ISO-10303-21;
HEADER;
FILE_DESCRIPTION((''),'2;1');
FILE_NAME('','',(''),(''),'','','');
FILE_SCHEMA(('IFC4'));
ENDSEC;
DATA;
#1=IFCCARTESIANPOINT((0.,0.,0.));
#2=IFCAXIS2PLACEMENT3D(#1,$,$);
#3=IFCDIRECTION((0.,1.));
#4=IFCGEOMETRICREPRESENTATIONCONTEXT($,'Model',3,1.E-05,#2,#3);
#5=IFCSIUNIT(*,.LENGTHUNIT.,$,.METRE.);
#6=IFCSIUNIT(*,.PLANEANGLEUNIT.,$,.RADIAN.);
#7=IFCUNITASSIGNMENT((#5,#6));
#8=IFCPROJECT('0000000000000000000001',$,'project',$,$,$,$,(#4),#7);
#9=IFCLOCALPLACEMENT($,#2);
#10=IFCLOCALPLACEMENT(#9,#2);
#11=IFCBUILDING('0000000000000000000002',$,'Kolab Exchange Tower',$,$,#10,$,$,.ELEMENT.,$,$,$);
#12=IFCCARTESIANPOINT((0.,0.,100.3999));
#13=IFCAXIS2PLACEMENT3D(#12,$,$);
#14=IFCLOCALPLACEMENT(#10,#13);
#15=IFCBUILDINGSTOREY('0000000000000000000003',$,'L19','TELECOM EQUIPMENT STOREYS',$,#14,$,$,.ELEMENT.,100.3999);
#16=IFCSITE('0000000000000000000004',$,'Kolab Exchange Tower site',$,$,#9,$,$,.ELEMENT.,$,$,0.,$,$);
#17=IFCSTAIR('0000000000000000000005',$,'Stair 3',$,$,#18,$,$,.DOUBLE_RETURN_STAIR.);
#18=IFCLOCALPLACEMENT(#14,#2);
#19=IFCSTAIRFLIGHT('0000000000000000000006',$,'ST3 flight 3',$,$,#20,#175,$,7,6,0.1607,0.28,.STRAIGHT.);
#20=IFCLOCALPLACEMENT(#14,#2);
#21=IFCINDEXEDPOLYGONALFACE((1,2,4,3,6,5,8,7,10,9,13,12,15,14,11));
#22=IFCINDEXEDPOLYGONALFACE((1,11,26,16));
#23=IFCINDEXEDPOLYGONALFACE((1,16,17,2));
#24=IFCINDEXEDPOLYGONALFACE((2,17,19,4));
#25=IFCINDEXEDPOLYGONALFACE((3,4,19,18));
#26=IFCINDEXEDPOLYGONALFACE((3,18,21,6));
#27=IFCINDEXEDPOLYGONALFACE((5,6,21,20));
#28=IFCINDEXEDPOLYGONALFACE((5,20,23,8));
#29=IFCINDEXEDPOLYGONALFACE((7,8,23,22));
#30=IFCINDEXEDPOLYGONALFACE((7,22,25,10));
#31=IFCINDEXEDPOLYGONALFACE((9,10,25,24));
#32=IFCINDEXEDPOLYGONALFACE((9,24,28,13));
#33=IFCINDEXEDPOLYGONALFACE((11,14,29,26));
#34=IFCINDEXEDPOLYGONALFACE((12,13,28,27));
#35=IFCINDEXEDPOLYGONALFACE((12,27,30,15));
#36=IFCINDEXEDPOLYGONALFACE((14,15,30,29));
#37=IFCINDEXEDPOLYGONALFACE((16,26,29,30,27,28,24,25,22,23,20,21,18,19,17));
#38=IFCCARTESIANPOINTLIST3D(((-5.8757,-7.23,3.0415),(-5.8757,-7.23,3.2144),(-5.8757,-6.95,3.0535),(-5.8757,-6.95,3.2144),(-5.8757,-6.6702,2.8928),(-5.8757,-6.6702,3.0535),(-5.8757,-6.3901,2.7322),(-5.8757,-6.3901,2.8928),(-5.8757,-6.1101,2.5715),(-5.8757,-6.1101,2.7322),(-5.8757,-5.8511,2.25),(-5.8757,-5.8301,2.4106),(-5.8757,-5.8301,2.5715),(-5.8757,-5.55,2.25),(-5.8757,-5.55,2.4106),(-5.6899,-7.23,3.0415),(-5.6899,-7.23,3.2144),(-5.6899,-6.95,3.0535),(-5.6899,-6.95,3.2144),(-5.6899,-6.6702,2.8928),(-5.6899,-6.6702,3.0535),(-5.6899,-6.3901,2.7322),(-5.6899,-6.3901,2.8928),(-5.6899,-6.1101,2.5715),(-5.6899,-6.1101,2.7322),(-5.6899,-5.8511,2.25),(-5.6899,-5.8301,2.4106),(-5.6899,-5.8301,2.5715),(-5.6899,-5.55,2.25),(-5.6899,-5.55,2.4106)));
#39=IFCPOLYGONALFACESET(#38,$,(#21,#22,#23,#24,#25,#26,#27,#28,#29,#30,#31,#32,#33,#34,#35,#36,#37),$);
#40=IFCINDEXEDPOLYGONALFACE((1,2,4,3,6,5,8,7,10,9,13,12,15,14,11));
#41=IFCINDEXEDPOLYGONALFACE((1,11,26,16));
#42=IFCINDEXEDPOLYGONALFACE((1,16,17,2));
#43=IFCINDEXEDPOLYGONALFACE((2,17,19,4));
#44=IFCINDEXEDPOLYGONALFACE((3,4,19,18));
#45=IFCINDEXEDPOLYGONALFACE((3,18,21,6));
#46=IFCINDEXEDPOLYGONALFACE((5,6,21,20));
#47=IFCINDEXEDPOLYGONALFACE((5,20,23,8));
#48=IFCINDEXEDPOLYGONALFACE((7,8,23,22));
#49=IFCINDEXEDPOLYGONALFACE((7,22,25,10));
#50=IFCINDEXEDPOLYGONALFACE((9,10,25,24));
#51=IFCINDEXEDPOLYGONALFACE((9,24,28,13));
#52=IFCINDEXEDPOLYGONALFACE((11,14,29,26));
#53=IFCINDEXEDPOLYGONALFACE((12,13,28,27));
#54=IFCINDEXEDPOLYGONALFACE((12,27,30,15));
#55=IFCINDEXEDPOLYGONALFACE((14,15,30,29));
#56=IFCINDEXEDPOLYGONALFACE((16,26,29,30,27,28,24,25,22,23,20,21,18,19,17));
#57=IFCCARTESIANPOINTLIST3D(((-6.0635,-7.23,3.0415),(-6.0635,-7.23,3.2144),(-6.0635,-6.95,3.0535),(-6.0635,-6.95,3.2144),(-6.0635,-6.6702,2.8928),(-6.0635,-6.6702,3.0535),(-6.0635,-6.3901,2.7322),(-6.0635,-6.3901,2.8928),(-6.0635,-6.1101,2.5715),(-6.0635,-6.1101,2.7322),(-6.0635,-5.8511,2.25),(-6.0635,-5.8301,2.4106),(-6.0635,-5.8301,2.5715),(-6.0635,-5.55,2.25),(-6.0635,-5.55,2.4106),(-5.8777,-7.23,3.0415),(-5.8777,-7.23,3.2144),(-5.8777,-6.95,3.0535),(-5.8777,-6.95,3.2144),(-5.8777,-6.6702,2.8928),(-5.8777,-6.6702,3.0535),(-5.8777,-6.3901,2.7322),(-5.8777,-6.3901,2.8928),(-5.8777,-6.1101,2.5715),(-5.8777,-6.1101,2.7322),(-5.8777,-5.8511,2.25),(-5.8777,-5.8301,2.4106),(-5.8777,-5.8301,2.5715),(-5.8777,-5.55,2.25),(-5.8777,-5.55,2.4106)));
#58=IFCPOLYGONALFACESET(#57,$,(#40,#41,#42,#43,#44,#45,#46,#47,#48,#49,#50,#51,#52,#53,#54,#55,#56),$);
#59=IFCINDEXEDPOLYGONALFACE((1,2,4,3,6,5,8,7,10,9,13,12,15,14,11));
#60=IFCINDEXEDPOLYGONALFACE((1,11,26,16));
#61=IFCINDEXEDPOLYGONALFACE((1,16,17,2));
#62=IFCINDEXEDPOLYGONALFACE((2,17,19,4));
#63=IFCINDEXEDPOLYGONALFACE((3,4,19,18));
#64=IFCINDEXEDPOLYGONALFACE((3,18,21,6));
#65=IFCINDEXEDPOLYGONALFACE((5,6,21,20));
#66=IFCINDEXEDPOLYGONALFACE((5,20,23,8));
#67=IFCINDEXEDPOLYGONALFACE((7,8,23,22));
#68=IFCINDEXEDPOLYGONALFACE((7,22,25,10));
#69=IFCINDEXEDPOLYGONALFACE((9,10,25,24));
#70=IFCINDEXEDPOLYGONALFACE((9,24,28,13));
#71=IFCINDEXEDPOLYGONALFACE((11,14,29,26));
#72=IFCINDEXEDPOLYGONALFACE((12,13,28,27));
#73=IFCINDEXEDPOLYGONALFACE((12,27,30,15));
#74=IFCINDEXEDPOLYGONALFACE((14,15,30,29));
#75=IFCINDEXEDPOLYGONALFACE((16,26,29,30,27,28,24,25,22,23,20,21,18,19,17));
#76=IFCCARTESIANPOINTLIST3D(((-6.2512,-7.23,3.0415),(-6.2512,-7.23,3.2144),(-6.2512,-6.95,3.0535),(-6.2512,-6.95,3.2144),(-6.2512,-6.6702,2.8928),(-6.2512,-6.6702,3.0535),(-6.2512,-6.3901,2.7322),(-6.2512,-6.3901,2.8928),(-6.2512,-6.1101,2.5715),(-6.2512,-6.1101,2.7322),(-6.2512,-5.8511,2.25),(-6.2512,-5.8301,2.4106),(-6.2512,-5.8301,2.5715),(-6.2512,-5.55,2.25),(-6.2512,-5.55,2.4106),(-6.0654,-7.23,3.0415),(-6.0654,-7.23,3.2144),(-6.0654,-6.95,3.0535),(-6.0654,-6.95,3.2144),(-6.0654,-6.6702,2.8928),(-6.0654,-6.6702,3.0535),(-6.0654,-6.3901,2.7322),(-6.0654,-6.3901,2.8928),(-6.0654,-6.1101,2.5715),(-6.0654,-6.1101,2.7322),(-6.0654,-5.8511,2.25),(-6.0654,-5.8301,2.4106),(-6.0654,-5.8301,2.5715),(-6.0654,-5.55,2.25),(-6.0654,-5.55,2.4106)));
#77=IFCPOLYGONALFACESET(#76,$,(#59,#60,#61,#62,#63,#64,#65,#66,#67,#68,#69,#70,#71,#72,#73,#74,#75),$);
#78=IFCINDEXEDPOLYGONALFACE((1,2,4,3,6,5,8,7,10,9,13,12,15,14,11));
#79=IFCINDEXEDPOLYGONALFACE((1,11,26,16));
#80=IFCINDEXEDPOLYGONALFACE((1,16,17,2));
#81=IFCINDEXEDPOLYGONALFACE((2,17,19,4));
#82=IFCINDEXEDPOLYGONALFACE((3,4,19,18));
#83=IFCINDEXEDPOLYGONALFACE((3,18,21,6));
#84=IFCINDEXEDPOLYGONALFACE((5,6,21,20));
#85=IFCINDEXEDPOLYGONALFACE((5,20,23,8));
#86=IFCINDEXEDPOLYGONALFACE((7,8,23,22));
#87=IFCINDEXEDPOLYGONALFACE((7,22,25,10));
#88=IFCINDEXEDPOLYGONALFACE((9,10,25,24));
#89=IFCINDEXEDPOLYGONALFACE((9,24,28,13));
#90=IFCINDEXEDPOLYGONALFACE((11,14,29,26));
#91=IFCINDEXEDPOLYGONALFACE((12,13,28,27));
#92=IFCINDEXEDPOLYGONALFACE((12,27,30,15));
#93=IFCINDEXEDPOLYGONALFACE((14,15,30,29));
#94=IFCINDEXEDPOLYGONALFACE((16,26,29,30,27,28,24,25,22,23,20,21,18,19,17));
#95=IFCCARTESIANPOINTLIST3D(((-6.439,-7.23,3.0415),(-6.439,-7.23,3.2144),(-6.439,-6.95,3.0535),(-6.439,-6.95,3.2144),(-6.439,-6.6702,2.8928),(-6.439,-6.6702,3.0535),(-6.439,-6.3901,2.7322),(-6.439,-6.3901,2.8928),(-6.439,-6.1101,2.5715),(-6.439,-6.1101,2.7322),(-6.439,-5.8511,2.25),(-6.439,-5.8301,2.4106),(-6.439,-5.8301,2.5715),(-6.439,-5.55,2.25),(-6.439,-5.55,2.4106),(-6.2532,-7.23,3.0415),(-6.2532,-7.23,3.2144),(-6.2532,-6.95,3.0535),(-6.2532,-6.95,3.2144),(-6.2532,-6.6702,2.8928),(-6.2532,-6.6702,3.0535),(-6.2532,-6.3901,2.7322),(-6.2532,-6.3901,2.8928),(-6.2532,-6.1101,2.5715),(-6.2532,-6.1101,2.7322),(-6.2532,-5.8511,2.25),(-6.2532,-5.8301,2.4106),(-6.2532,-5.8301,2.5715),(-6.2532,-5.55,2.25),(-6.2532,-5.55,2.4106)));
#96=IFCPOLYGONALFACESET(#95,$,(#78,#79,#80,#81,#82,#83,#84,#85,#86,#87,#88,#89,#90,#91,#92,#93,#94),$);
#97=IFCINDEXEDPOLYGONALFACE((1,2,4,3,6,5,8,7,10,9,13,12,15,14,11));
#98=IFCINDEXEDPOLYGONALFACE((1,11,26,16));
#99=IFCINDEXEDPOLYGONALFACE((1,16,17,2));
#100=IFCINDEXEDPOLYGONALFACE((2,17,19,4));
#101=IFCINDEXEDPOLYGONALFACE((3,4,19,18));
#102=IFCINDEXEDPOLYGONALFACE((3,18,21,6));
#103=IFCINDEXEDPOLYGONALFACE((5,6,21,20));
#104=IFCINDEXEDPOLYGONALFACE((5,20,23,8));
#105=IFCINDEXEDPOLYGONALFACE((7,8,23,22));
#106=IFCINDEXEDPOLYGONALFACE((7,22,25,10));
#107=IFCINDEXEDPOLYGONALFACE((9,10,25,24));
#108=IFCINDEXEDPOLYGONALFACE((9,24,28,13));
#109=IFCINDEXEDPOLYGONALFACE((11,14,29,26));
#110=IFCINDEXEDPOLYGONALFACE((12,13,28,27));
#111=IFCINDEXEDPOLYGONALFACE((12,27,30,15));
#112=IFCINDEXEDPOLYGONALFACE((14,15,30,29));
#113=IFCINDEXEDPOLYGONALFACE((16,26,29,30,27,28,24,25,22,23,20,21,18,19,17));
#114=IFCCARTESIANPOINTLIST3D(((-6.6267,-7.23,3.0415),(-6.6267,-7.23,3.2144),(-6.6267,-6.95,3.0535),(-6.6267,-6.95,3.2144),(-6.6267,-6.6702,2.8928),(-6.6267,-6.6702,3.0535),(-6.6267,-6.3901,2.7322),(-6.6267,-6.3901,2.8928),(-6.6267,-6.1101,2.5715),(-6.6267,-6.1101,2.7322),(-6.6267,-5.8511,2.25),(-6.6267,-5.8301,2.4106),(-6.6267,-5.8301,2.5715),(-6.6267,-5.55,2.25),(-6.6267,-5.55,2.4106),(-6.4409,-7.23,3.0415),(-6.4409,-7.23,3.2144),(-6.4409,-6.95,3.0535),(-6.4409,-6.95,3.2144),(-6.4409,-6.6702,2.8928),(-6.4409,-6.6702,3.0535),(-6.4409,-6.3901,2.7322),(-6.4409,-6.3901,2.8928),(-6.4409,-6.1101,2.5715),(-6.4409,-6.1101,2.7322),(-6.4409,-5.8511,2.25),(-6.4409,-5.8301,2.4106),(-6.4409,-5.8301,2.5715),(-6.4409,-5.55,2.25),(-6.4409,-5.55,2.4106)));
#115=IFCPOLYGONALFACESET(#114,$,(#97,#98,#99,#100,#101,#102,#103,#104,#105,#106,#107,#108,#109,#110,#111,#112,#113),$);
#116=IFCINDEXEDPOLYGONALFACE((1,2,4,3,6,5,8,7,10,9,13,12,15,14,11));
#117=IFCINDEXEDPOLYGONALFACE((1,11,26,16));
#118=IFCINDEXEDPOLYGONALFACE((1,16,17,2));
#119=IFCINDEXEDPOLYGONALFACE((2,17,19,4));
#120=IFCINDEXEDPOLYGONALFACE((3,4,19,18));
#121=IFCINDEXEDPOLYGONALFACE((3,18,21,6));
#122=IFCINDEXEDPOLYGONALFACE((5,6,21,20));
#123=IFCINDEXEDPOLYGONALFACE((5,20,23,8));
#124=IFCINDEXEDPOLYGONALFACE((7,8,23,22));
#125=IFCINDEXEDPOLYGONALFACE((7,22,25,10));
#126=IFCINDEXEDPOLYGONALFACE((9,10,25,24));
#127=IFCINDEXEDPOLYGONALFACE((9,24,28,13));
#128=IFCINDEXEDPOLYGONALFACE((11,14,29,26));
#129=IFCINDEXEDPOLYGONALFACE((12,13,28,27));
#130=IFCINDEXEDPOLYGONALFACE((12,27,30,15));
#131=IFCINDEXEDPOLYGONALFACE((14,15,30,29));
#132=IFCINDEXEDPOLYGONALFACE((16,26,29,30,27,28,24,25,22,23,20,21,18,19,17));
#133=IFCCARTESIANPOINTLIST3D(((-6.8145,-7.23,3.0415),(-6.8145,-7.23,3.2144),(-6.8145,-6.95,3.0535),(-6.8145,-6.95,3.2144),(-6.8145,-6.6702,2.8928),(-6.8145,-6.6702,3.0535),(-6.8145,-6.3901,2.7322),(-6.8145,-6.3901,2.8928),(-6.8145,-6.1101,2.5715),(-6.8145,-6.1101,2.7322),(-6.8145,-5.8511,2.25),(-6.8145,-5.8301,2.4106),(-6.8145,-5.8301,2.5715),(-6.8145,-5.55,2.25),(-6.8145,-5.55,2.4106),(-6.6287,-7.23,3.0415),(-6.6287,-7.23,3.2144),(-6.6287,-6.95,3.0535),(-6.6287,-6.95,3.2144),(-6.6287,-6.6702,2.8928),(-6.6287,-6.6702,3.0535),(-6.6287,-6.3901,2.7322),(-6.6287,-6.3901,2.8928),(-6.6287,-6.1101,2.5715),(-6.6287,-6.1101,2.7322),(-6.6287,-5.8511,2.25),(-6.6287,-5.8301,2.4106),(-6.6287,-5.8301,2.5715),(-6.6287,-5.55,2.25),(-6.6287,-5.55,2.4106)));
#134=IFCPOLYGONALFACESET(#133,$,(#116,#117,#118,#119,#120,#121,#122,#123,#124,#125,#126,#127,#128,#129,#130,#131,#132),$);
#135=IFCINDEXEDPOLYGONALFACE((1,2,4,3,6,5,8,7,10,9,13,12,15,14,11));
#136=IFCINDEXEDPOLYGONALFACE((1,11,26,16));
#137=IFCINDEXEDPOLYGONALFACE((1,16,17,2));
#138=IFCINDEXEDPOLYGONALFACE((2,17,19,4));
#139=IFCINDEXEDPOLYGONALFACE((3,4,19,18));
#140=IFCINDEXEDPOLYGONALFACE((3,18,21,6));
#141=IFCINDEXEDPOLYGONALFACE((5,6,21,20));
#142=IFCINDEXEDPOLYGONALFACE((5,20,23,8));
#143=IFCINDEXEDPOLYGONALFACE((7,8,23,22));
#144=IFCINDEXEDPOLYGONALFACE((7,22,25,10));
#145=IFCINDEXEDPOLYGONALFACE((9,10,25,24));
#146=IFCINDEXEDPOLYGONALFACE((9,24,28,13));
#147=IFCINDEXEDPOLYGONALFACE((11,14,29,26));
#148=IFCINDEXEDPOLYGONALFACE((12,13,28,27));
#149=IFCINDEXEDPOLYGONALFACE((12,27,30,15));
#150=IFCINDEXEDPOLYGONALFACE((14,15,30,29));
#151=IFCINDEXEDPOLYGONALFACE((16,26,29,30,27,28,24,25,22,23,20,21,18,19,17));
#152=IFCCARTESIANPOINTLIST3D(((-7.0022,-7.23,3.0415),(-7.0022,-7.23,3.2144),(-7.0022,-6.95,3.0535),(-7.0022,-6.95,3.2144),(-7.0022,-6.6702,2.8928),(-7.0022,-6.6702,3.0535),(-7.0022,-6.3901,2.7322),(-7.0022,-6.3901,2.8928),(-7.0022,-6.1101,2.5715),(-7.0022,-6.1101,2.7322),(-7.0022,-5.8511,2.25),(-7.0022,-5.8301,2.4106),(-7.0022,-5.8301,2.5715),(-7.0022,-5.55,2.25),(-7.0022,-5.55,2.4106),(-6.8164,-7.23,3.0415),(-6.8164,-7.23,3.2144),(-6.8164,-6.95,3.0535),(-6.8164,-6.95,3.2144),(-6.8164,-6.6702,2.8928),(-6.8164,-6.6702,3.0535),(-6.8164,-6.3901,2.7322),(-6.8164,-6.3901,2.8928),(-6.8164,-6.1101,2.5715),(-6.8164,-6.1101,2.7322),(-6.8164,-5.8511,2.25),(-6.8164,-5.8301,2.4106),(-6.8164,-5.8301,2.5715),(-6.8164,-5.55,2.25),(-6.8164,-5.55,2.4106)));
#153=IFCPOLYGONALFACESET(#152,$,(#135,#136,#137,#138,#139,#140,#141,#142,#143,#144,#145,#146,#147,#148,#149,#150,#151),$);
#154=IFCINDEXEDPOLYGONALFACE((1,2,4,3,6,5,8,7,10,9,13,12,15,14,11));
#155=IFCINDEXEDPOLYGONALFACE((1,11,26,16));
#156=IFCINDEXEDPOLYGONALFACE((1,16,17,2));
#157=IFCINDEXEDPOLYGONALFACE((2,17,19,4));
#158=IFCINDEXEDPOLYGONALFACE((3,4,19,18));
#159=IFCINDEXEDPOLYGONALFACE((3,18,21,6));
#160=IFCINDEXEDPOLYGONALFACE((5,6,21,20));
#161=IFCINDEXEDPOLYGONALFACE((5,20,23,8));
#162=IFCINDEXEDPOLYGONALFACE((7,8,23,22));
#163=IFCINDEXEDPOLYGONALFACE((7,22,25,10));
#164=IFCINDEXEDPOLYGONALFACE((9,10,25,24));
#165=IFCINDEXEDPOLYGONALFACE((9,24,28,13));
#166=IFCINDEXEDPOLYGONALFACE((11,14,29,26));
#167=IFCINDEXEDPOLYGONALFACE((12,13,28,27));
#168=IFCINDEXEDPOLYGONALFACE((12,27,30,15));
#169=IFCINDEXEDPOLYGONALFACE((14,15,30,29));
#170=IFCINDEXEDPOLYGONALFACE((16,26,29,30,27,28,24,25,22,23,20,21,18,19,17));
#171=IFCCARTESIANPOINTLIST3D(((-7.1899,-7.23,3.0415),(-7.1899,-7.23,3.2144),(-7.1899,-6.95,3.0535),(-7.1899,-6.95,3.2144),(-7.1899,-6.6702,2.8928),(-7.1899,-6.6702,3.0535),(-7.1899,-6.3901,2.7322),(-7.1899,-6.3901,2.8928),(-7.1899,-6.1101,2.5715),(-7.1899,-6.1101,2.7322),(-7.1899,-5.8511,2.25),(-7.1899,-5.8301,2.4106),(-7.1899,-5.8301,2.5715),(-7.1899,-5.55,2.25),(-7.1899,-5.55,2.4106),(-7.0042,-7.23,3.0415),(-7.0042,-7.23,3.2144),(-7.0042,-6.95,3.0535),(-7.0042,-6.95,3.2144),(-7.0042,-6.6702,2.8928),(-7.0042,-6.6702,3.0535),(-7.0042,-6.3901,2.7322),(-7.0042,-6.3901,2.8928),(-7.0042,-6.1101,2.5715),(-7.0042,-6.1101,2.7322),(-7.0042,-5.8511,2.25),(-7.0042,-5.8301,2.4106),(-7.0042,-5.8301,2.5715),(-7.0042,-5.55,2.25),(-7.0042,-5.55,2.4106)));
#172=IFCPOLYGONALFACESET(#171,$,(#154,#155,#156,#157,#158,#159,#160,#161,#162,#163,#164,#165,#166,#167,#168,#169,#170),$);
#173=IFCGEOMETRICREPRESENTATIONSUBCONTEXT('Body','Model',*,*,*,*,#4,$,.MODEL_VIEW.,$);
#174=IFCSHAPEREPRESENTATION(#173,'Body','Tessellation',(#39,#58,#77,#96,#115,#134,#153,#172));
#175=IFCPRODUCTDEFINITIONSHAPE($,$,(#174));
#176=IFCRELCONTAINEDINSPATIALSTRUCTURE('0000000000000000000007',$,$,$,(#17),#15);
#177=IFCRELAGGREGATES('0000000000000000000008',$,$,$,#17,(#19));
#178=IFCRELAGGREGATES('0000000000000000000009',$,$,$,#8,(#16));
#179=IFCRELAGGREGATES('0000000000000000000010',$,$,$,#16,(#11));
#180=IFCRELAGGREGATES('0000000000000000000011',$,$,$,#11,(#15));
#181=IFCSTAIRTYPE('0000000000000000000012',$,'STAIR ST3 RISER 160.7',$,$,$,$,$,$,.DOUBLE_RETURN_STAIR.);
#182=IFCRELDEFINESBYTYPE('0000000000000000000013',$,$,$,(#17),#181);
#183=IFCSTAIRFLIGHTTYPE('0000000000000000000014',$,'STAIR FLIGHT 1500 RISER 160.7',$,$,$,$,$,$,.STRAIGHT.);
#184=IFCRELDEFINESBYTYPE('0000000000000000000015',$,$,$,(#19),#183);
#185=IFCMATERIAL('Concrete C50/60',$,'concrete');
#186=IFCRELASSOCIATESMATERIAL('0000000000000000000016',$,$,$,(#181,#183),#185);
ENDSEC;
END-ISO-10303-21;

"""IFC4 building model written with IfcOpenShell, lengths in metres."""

from ifc_helpers import new_model, si_unit, direction, frame, origin, place, context, subcontext, project, spatial, polyline, outline, extrude, material, type_object, element, aggregate, save


model = new_model("IFC4")

# Units and contexts
model_context = context("Model", 3, precision=1e-05, world=origin(), true_north=direction((0.0, 1.0)))
body_context = subcontext(model_context, "Body", "Model", "MODEL_VIEW")
ifc_project = project(units=[si_unit("LENGTHUNIT", "METRE"), si_unit("PLANEANGLEUNIT", "RADIAN")], contexts=[model_context])

# Site, building, storey
site_placement = place(None, origin())
site = spatial("IfcSite", under=ifc_project, at=site_placement, Name="Kolab Exchange Tower site", CompositionType="ELEMENT", RefElevation=0.0)
building_placement = place(site_placement, origin())
building = spatial("IfcBuilding", under=site, at=building_placement, Name="Kolab Exchange Tower", CompositionType="ELEMENT")
storey_placement = place(building_placement, frame((0.0, 0.0, 100.3999)))
storey = spatial("IfcBuildingStorey", under=building, at=storey_placement, Name="L19", Description="TELECOM EQUIPMENT STOREYS", CompositionType="ELEMENT", Elevation=100.3999)

# Shared definitions
ifc_material_1 = material(Name="Concrete C50/60", Category="concrete")

# Stair, stair flight
stair_type = type_object("IfcStairType", Name="STAIR ST3 RISER 160.7", PredefinedType="DOUBLE_RETURN_STAIR", material=ifc_material_1)
stair_placement = place(storey_placement, origin())
stair = element("IfcStair", 1, at=stair_placement, inside=storey, type_object=stair_type, Name="Stair 3", PredefinedType="DOUBLE_RETURN_STAIR")
stair_flight_type = type_object("IfcStairFlightType", Name="STAIR FLIGHT 1500 RISER 160.7", PredefinedType="STRAIGHT", material=ifc_material_1)
stair_flight_1_placement = place(storey_placement, frame((-6.4399, -5.55, 2.25), z_axis=(0.0, 0.0, 1.0), x_axis=(0.0, -1.0, 0.0)))
stair_flight_1 = element("IfcStairFlight", 2, at=stair_flight_1_placement, type_object=stair_flight_type, Name="ST3 flight 3", NumberOfRisers=7, NumberOfTreads=6, PredefinedType="STRAIGHT", RiserHeight=0.1607, TreadLength=0.28, context=body_context, shape_type="SweptSolid", body=[
    extrude(outline(polyline([(0.0, 0.0), (0.0, 0.1606), (0.28, 0.1606), (0.28, 0.3215), (0.5601, 0.3215), (0.5601, 0.4822), (0.8401, 0.4822), (0.8401, 0.6428), (1.1201, 0.6428), (1.1201, 0.8035), (1.3999, 0.8035), (1.3999, 0.9644), (1.6799, 0.9644), (1.6799, 1.125), (1.6799, 0.7915), (0.301, 0.0), (0.0, 0.0)])), frame((0.0, 0.75, 0.0), z_axis=(0.0, -1.0, 0.0), x_axis=(1.0, 0.0, 0.0)), (0.0, 0.0, 1.0), 0.1858),
    extrude(outline(polyline([(0.0, 0.0), (0.0, 0.1606), (0.28, 0.1606), (0.28, 0.3215), (0.5601, 0.3215), (0.5601, 0.4822), (0.8401, 0.4822), (0.8401, 0.6428), (1.1201, 0.6428), (1.1201, 0.8035), (1.3999, 0.8035), (1.3999, 0.9644), (1.6799, 0.9644), (1.6799, 1.125), (1.6799, 0.7915), (0.301, 0.0), (0.0, 0.0)])), frame((0.0, 0.5623, 0.0), z_axis=(0.0, -1.0, 0.0), x_axis=(1.0, 0.0, 0.0)), (0.0, 0.0, 1.0), 0.1858),
    extrude(outline(polyline([(0.0, 0.0), (0.0, 0.1606), (0.28, 0.1606), (0.28, 0.3215), (0.5601, 0.3215), (0.5601, 0.4822), (0.8401, 0.4822), (0.8401, 0.6428), (1.1201, 0.6428), (1.1201, 0.8035), (1.3999, 0.8035), (1.3999, 0.9644), (1.6799, 0.9644), (1.6799, 1.125), (1.6799, 0.7915), (0.301, 0.0), (0.0, 0.0)])), frame((0.0, 0.3745, 0.0), z_axis=(0.0, -1.0, 0.0), x_axis=(1.0, 0.0, 0.0)), (0.0, 0.0, 1.0), 0.1858),
    extrude(outline(polyline([(0.0, 0.0), (0.0, 0.1606), (0.28, 0.1606), (0.28, 0.3215), (0.5601, 0.3215), (0.5601, 0.4822), (0.8401, 0.4822), (0.8401, 0.6428), (1.1201, 0.6428), (1.1201, 0.8035), (1.3999, 0.8035), (1.3999, 0.9644), (1.6799, 0.9644), (1.6799, 1.125), (1.6799, 0.7915), (0.301, 0.0), (0.0, 0.0)])), frame((0.0, 0.1868, 0.0), z_axis=(0.0, -1.0, 0.0), x_axis=(1.0, 0.0, 0.0)), (0.0, 0.0, 1.0), 0.1858),
    extrude(outline(polyline([(0.0, 0.0), (0.0, 0.1606), (0.28, 0.1606), (0.28, 0.3215), (0.5601, 0.3215), (0.5601, 0.4822), (0.8401, 0.4822), (0.8401, 0.6428), (1.1201, 0.6428), (1.1201, 0.8035), (1.3999, 0.8035), (1.3999, 0.9644), (1.6799, 0.9644), (1.6799, 1.125), (1.6799, 0.7915), (0.301, 0.0), (0.0, 0.0)])), frame((0.0, -0.001, 0.0), z_axis=(0.0, -1.0, 0.0), x_axis=(1.0, 0.0, 0.0)), (0.0, 0.0, 1.0), 0.1858),
    extrude(outline(polyline([(0.0, 0.0), (0.0, 0.1606), (0.28, 0.1606), (0.28, 0.3215), (0.5601, 0.3215), (0.5601, 0.4822), (0.8401, 0.4822), (0.8401, 0.6428), (1.1201, 0.6428), (1.1201, 0.8035), (1.3999, 0.8035), (1.3999, 0.9644), (1.6799, 0.9644), (1.6799, 1.125), (1.6799, 0.7915), (0.301, 0.0), (0.0, 0.0)])), frame((0.0, -0.1887, 0.0), z_axis=(0.0, -1.0, 0.0), x_axis=(1.0, 0.0, 0.0)), (0.0, 0.0, 1.0), 0.1858),
    extrude(outline(polyline([(0.0, 0.0), (0.0, 0.1606), (0.28, 0.1606), (0.28, 0.3215), (0.5601, 0.3215), (0.5601, 0.4822), (0.8401, 0.4822), (0.8401, 0.6428), (1.1201, 0.6428), (1.1201, 0.8035), (1.3999, 0.8035), (1.3999, 0.9644), (1.6799, 0.9644), (1.6799, 1.125), (1.6799, 0.7915), (0.301, 0.0), (0.0, 0.0)])), frame((0.0, -0.3765, 0.0), z_axis=(0.0, -1.0, 0.0), x_axis=(1.0, 0.0, 0.0)), (0.0, 0.0, 1.0), 0.1858),
    extrude(outline(polyline([(0.0, 0.0), (0.0, 0.1606), (0.28, 0.1606), (0.28, 0.3215), (0.5601, 0.3215), (0.5601, 0.4822), (0.8401, 0.4822), (0.8401, 0.6428), (1.1201, 0.6428), (1.1201, 0.8035), (1.3999, 0.8035), (1.3999, 0.9644), (1.6799, 0.9644), (1.6799, 1.125), (1.6799, 0.7915), (0.301, 0.0), (0.0, 0.0)])), frame((0.0, -0.5642, 0.0), z_axis=(0.0, -1.0, 0.0), x_axis=(1.0, 0.0, 0.0)), (0.0, 0.0, 1.0), 0.1858),
])
aggregate(stair, [stair_flight_1])

save(model, "model.ifc")
